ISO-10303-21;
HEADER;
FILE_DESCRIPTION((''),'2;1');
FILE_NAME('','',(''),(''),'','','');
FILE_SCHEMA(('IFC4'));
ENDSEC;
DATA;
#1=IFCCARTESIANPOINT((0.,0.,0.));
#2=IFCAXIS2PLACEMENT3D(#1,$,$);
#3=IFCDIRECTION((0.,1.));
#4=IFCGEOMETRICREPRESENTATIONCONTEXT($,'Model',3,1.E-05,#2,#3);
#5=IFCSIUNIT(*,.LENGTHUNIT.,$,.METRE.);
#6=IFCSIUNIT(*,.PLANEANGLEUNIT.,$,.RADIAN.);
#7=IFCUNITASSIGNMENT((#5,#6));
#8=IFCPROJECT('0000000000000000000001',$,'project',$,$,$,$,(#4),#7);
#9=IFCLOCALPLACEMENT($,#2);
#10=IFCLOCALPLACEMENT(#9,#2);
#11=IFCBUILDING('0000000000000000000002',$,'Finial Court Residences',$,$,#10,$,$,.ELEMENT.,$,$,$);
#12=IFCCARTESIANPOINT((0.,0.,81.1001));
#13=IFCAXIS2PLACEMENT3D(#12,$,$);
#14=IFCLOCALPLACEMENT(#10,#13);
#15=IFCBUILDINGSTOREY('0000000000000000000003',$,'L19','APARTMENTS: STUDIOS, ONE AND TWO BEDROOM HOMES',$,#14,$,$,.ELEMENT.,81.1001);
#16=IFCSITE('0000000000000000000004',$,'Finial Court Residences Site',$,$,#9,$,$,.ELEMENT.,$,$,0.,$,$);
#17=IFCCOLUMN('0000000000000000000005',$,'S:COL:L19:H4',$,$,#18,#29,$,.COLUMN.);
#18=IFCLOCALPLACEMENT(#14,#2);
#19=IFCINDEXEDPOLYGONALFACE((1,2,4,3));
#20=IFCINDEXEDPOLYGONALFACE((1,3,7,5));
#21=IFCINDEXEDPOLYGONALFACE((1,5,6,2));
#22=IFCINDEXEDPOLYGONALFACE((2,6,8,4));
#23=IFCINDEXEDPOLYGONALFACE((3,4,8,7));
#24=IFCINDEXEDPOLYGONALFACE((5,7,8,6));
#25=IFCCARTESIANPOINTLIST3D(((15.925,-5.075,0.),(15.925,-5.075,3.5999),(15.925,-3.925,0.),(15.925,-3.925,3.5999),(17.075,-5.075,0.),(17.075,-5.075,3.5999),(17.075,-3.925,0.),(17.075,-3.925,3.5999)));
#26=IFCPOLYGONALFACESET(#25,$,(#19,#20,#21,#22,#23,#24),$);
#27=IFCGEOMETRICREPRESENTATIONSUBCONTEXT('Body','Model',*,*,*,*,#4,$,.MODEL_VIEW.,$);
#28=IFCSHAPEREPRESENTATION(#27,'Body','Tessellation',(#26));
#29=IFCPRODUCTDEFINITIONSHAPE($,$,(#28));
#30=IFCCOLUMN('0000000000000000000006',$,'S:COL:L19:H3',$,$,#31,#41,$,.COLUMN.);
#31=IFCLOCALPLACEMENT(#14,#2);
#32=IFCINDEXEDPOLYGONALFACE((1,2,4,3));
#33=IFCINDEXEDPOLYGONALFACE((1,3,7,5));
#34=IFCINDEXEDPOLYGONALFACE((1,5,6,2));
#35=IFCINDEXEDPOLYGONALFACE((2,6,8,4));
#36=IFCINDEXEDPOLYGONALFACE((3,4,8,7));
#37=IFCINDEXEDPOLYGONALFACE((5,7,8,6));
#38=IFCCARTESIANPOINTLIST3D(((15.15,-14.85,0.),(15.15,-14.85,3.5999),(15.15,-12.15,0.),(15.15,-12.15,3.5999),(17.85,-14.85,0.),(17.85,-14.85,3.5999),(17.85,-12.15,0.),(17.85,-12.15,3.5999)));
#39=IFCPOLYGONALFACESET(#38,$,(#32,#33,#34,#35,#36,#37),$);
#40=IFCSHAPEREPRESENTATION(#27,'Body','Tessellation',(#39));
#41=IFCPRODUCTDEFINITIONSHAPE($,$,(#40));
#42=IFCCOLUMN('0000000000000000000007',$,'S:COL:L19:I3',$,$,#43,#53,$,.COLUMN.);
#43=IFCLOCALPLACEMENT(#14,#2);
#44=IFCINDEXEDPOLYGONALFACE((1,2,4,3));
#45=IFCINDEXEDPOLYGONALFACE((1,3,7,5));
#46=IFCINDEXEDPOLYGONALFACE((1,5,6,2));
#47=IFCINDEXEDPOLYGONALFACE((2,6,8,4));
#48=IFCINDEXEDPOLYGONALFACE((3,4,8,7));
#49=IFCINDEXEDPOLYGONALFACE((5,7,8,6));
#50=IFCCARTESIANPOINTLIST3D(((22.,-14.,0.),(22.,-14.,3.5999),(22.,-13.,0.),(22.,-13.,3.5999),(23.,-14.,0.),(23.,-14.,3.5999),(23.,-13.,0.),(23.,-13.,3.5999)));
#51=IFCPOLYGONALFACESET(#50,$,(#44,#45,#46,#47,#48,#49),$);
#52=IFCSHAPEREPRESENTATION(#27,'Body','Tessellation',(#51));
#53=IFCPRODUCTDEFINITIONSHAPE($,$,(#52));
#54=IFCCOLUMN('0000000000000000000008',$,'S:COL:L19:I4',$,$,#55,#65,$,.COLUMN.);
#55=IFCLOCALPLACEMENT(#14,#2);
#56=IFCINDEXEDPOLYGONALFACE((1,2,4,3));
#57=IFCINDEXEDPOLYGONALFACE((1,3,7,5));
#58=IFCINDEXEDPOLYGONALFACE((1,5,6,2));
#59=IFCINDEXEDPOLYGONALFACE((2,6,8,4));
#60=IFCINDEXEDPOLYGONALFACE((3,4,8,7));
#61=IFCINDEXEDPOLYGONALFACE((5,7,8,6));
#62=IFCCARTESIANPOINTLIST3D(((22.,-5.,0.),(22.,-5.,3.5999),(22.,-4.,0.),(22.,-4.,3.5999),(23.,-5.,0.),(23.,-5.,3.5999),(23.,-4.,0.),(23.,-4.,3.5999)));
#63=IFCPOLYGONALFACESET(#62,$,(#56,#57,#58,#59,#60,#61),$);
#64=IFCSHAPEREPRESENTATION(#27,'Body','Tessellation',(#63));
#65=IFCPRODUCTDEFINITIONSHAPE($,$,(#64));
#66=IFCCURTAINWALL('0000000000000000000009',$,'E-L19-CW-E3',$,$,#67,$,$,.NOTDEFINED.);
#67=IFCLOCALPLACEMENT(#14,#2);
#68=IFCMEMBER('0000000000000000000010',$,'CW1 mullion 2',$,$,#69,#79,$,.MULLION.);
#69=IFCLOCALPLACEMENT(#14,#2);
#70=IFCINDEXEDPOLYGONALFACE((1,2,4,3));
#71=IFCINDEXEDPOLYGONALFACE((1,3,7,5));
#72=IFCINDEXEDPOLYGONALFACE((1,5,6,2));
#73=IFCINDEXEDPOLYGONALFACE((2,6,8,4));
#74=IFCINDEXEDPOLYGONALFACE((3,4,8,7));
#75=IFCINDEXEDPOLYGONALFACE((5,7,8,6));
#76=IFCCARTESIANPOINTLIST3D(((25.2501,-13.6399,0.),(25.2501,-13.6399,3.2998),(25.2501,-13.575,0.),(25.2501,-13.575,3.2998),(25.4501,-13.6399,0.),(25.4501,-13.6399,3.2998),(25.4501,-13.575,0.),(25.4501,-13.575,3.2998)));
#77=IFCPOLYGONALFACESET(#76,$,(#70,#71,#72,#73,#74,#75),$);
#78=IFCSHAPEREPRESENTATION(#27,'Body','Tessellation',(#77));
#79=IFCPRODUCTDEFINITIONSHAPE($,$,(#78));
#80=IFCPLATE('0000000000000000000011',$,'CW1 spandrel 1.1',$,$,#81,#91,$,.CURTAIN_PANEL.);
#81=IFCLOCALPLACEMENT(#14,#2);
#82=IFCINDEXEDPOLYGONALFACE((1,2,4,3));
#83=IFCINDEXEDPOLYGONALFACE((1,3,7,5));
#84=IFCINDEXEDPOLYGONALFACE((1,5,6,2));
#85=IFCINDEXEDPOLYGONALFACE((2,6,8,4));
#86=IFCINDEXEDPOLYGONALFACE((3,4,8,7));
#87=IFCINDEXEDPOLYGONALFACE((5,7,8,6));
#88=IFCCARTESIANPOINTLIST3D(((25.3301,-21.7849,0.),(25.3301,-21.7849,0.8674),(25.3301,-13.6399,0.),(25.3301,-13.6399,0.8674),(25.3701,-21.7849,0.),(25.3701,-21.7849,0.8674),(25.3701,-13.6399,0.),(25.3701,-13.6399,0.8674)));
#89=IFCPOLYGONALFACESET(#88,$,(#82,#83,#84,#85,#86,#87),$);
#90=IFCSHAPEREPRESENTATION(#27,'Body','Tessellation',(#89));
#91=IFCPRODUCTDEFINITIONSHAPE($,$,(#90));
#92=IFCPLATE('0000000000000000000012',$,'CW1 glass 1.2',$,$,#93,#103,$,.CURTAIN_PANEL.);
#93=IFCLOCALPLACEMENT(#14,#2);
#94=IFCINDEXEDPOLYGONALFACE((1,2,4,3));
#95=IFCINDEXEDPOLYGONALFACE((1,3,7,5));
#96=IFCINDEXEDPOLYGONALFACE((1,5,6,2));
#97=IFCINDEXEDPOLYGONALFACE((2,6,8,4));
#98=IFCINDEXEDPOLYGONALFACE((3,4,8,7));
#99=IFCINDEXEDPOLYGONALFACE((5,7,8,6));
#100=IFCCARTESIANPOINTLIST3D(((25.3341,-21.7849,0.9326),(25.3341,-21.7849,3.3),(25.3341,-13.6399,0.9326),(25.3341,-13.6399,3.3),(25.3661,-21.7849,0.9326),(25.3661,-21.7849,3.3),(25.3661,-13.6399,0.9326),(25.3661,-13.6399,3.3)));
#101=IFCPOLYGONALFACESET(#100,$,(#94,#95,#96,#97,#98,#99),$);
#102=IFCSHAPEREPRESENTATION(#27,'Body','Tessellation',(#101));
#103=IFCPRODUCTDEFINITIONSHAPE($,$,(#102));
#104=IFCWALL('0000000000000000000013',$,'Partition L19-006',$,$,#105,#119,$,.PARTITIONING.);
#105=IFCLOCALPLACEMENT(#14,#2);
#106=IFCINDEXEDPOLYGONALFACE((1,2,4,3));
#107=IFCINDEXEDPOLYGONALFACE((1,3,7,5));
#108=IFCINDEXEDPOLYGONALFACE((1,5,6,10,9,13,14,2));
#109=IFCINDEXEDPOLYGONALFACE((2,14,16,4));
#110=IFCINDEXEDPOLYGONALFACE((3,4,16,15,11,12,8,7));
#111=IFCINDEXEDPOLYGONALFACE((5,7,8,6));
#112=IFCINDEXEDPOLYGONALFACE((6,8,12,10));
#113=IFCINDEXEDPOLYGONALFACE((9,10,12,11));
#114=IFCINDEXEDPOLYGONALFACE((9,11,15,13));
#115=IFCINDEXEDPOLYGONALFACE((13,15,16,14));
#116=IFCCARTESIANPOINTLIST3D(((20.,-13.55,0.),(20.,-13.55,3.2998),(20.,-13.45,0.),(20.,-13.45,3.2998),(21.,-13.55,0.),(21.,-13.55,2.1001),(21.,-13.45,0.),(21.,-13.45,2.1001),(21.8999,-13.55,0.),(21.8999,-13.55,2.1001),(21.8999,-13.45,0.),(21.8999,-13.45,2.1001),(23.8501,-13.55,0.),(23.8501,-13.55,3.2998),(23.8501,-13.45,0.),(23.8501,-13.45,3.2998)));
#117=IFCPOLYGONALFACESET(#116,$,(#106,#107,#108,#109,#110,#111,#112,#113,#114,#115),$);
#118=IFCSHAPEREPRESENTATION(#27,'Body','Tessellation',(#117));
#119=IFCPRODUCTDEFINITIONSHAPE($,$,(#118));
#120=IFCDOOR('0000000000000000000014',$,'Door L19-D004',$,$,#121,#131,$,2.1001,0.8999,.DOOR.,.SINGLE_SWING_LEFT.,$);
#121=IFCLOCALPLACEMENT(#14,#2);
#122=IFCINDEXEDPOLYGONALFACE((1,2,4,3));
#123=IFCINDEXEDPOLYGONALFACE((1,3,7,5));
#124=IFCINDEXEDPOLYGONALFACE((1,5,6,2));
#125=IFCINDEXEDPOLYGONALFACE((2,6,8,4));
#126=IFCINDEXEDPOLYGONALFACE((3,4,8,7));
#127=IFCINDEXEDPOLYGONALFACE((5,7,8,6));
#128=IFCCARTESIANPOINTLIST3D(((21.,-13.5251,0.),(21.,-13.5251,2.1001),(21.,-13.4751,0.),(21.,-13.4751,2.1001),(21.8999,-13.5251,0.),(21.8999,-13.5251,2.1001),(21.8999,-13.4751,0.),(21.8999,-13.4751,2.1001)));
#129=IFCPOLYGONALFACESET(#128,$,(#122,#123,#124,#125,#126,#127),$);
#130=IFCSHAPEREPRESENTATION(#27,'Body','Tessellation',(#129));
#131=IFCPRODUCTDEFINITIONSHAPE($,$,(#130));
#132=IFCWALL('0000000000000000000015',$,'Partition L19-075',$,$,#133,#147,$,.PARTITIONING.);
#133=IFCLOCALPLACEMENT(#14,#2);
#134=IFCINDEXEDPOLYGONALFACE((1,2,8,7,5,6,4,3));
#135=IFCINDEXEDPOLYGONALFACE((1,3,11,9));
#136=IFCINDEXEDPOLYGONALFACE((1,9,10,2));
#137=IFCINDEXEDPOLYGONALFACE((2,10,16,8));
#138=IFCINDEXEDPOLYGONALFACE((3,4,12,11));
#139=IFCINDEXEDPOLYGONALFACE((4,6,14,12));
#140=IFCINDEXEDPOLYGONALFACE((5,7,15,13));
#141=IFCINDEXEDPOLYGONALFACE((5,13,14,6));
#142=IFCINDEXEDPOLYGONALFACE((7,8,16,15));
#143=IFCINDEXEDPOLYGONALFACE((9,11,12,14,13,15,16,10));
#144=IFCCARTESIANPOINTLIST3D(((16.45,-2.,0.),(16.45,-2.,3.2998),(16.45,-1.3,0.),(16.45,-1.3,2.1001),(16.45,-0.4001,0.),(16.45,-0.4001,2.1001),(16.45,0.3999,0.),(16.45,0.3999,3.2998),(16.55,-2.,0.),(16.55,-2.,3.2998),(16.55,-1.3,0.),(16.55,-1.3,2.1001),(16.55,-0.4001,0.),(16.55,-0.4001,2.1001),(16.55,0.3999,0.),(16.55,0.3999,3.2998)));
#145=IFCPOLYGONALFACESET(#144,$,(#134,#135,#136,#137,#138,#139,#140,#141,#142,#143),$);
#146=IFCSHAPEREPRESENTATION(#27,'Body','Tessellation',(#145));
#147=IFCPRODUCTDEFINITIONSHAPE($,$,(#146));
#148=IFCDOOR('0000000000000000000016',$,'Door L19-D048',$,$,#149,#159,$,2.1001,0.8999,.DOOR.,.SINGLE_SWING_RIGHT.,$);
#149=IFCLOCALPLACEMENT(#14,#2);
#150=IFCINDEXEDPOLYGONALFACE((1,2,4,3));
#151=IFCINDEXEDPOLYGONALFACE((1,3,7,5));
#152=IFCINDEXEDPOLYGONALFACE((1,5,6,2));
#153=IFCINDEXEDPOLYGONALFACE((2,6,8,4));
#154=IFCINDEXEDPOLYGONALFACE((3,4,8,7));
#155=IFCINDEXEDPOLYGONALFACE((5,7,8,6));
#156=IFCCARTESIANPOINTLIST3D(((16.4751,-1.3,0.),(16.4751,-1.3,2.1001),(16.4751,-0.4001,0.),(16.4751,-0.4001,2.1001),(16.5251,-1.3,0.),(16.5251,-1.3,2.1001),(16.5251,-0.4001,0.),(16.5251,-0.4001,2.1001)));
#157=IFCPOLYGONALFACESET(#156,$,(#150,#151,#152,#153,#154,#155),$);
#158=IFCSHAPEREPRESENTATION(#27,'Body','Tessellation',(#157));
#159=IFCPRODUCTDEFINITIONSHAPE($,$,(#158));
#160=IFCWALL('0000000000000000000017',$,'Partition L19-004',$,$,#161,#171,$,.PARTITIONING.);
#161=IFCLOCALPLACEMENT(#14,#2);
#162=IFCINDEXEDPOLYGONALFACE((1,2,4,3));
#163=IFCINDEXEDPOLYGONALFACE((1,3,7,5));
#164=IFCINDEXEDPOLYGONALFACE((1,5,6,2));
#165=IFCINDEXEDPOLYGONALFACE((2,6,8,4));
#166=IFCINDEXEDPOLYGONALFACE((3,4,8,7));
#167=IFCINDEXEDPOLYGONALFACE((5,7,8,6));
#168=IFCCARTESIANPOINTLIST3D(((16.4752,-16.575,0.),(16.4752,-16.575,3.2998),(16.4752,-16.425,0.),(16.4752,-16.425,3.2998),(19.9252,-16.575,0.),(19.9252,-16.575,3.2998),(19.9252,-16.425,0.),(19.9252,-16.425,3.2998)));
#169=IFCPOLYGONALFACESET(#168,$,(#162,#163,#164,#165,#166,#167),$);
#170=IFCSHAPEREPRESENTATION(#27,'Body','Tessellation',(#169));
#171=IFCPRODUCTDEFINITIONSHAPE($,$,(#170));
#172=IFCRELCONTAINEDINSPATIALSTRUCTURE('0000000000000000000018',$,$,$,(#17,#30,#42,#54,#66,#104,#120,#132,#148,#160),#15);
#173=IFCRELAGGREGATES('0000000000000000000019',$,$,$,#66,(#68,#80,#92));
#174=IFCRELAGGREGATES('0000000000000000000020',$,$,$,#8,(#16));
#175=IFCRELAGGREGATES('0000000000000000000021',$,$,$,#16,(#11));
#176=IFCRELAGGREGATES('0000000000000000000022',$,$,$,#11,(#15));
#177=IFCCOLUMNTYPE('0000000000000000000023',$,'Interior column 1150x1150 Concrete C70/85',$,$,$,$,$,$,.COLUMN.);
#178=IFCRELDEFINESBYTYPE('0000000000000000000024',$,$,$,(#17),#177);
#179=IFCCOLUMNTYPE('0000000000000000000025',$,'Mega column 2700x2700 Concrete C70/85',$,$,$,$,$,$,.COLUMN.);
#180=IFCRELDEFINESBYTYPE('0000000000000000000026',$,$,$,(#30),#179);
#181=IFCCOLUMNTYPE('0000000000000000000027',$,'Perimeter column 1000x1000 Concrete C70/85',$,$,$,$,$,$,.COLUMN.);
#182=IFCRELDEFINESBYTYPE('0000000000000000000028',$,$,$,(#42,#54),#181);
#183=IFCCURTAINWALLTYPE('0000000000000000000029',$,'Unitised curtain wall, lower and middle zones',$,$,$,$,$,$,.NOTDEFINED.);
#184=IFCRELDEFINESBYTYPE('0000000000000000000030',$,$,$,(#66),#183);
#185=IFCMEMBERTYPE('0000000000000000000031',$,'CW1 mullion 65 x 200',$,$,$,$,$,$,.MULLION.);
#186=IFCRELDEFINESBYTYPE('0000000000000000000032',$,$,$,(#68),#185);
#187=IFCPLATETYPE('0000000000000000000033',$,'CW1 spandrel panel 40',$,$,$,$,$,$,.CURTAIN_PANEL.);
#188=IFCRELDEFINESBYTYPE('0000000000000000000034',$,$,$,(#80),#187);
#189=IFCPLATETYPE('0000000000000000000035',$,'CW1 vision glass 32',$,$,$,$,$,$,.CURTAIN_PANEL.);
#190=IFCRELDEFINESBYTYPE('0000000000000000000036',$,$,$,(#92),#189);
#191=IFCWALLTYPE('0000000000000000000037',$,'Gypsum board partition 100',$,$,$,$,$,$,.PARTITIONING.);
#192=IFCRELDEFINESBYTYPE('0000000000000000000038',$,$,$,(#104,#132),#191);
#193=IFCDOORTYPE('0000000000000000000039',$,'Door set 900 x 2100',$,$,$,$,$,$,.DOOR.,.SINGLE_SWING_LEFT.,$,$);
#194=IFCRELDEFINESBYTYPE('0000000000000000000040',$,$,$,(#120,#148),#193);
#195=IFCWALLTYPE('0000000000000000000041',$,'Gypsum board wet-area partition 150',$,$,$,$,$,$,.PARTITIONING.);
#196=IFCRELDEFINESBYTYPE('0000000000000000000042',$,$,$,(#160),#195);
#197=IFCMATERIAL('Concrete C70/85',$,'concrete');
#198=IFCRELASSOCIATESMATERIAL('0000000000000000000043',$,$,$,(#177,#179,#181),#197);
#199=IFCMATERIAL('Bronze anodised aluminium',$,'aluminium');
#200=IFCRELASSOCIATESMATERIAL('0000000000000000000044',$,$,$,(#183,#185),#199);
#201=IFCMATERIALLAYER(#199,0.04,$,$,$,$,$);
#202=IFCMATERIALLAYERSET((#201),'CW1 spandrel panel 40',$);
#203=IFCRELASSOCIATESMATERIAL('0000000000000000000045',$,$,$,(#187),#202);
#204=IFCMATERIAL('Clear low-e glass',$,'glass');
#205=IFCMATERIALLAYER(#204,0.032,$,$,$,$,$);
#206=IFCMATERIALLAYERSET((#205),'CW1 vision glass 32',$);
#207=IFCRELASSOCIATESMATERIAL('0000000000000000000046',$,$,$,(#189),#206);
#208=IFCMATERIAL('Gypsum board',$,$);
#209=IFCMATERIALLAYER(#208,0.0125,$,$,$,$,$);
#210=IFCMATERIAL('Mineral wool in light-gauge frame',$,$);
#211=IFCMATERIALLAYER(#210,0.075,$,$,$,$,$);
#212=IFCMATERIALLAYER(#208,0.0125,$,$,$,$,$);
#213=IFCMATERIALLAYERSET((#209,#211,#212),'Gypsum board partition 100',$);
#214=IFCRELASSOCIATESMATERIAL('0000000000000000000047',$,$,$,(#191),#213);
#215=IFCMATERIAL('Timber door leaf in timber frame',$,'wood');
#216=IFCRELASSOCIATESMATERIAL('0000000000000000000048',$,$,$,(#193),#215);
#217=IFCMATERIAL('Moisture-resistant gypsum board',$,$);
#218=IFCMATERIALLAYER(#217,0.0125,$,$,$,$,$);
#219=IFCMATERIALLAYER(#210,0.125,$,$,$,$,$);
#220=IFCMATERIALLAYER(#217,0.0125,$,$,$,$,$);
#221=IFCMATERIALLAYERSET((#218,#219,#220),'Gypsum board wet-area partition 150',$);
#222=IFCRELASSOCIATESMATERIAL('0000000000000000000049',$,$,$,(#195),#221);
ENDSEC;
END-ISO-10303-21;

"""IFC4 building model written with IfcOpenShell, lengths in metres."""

from ifc_helpers import new_model, si_unit, direction, frame, frame_2d, origin, origin_2d, place, context, subcontext, project, spatial, rectangle, extrude, material, layer, layer_set, material_profile, profile_set, type_object, element, fill, aggregate, save


model = new_model("IFC4")

# Units and contexts
model_context = context("Model", 3, precision=1e-05, world=origin(), true_north=direction((0.0, 1.0)))
body_context = subcontext(model_context, "Body", "Model", "MODEL_VIEW")
ifc_project = project(units=[si_unit("LENGTHUNIT", "METRE"), si_unit("PLANEANGLEUNIT", "RADIAN")], contexts=[model_context])

# Site, building, storey
site_placement = place(None, origin())
site = spatial("IfcSite", under=ifc_project, at=site_placement, Name="Finial Court Residences Site", CompositionType="ELEMENT", RefElevation=0.0)
building_placement = place(site_placement, origin())
building = spatial("IfcBuilding", under=site, at=building_placement, Name="Finial Court Residences", CompositionType="ELEMENT")
storey_placement = place(building_placement, frame((0.0, 0.0, 81.1001)))
storey = spatial("IfcBuildingStorey", under=building, at=storey_placement, Name="L19", Description="APARTMENTS: STUDIOS, ONE AND TWO BEDROOM HOMES", CompositionType="ELEMENT", Elevation=81.1001)

# Columns
ifc_material_1 = material(Name="Concrete C70/85", Category="concrete")
ifc_material_profile_1 = material_profile(ifc_material_1, rectangle(XDim=1.1499, YDim=1.1499, at=origin_2d()), Name="1150x1150")
ifc_profile_set_1 = profile_set([ifc_material_profile_1], Name="Concrete C70/85")
column_type_1 = type_object("IfcColumnType", Name="Interior column 1150x1150 Concrete C70/85", PredefinedType="COLUMN", material=ifc_profile_set_1)
column_1_placement = place(storey_placement, frame((16.5, -4.5, 0.0), z_axis=(0.0, 0.0, 1.0), x_axis=(1.0, 0.0, 0.0)))
element("IfcColumn", 1, at=column_1_placement, inside=storey, type_object=column_type_1, Name="S:COL:L19:H4", PredefinedType="COLUMN", context=body_context, shape_type="SweptSolid", body=[
    extrude(rectangle(XDim=1.1499, YDim=1.1499, at=origin_2d()), origin(), (0.0, 0.0, 1.0), 3.5999),
])
ifc_material_profile_2 = material_profile(ifc_material_1, rectangle(XDim=2.7, YDim=2.7, at=origin_2d()), Name="2700x2700")
ifc_profile_set_2 = profile_set([ifc_material_profile_2], Name="Concrete C70/85")
column_type_2 = type_object("IfcColumnType", Name="Mega column 2700x2700 Concrete C70/85", PredefinedType="COLUMN", material=ifc_profile_set_2)
column_2_placement = place(storey_placement, frame((16.5, -13.5, 0.0), z_axis=(0.0, 0.0, 1.0), x_axis=(1.0, 0.0, 0.0)))
element("IfcColumn", 2, at=column_2_placement, inside=storey, type_object=column_type_2, Name="S:COL:L19:H3", PredefinedType="COLUMN", context=body_context, shape_type="SweptSolid", body=[
    extrude(rectangle(XDim=2.7, YDim=2.7, at=origin_2d()), origin(), (0.0, 0.0, 1.0), 3.5999),
])
ifc_material_profile_3 = material_profile(ifc_material_1, rectangle(XDim=1.0, YDim=1.0, at=origin_2d()), Name="1000x1000")
ifc_profile_set_3 = profile_set([ifc_material_profile_3], Name="Concrete C70/85")
column_type_3 = type_object("IfcColumnType", Name="Perimeter column 1000x1000 Concrete C70/85", PredefinedType="COLUMN", material=ifc_profile_set_3)
for number, where, z_axis, x_axis, name in (
    (3, (22.5, -13.5, 0.0), (0.0, 0.0, 1.0), (1.0, 0.0, 0.0), "S:COL:L19:I3"),
    (4, (22.5, -4.5, 0.0), (0.0, 0.0, 1.0), (1.0, 0.0, 0.0), "S:COL:L19:I4"),
):
    element("IfcColumn", number, at=place(storey_placement, frame(where, z_axis=z_axis, x_axis=x_axis)), inside=storey, type_object=column_type_3, Name=name, PredefinedType="COLUMN", context=body_context, shape_type="SweptSolid", body=[
        extrude(rectangle(XDim=1.0, YDim=1.0, at=origin_2d()), origin(), (0.0, 0.0, 1.0), 3.5999),
    ])

# Curtain wall, member, plates
ifc_material_2 = material(Name="Bronze anodised aluminium", Category="aluminium")
curtain_wall_type = type_object("IfcCurtainWallType", Name="Unitised curtain wall, lower and middle zones", PredefinedType="NOTDEFINED", material=ifc_material_2)
curtain_wall_placement = place(storey_placement, origin())
curtain_wall = element("IfcCurtainWall", 5, at=curtain_wall_placement, inside=storey, type_object=curtain_wall_type, Name="E-L19-CW-E3", PredefinedType="NOTDEFINED")
ifc_material_profile_4 = material_profile(ifc_material_2, rectangle(XDim=0.2, YDim=0.0649, at=origin_2d()), Name="CW1 mullion 65 x 200")
ifc_profile_set_4 = profile_set([ifc_material_profile_4], Name="Bronze anodised aluminium")
member_type = type_object("IfcMemberType", Name="CW1 mullion 65 x 200", PredefinedType="MULLION", material=ifc_profile_set_4)
member_placement = place(storey_placement, frame((25.3501, -13.6074, 0.0), z_axis=(0.0, 0.0, 1.0), x_axis=(-1.0, 0.0, 0.0)))
member = element("IfcMember", 6, at=member_placement, type_object=member_type, Name="CW1 mullion 2", PredefinedType="MULLION", context=body_context, shape_type="SweptSolid", body=[
    extrude(rectangle(XDim=0.2, YDim=0.0649, at=origin_2d()), origin(), (0.0, 0.0, 1.0), 3.2998),
])
ifc_layer_1 = layer(ifc_material_2, 0.04)
ifc_layer_set_1 = layer_set([ifc_layer_1], Name="CW1 spandrel panel 40")
plate_type_1 = type_object("IfcPlateType", Name="CW1 spandrel panel 40", PredefinedType="CURTAIN_PANEL", material=ifc_layer_set_1)
plate_1_placement = place(storey_placement, frame((25.3501, -17.7124, 0.0), z_axis=(0.0, 0.0, 1.0), x_axis=(0.0, 1.0, 0.0)))
plate_1 = element("IfcPlate", 7, at=plate_1_placement, type_object=plate_type_1, Name="CW1 spandrel 1.1", PredefinedType="CURTAIN_PANEL", context=body_context, shape_type="SweptSolid", body=[
    extrude(rectangle(XDim=8.145, YDim=0.04, at=origin_2d()), origin(), (0.0, 0.0, 1.0), 0.8674),
])
ifc_material_3 = material(Name="Clear low-e glass", Category="glass")
ifc_layer_2 = layer(ifc_material_3, 0.032)
ifc_layer_set_2 = layer_set([ifc_layer_2], Name="CW1 vision glass 32")
plate_type_2 = type_object("IfcPlateType", Name="CW1 vision glass 32", PredefinedType="CURTAIN_PANEL", material=ifc_layer_set_2)
plate_2_placement = place(storey_placement, frame((25.3501, -17.7124, 0.9326), z_axis=(0.0, 0.0, 1.0), x_axis=(0.0, 1.0, 0.0)))
plate_2 = element("IfcPlate", 8, at=plate_2_placement, type_object=plate_type_2, Name="CW1 glass 1.2", PredefinedType="CURTAIN_PANEL", context=body_context, shape_type="SweptSolid", body=[
    extrude(rectangle(XDim=8.145, YDim=0.032, at=origin_2d()), origin(), (0.0, 0.0, 1.0), 2.3674),
])
aggregate(curtain_wall, [member, plate_1, plate_2])

# Walls, openings, doors
ifc_material_4 = material(Name="Gypsum board")
ifc_layer_3 = layer(ifc_material_4, 0.0125)
ifc_material_5 = material(Name="Mineral wool in light-gauge frame")
ifc_layer_4 = layer(ifc_material_5, 0.075)
ifc_layer_5 = layer(ifc_material_4, 0.0125)
ifc_layer_set_3 = layer_set([ifc_layer_3, ifc_layer_4, ifc_layer_5], Name="Gypsum board partition 100")
wall_type_1 = type_object("IfcWallType", Name="Gypsum board partition 100", PredefinedType="PARTITIONING", material=ifc_layer_set_3)
wall_1_placement = place(storey_placement, frame((20.0, -13.5, 0.0), z_axis=(0.0, 0.0, 1.0), x_axis=(1.0, 0.0, 0.0)))
wall_1 = element("IfcWall", 9, at=wall_1_placement, inside=storey, type_object=wall_type_1, Name="Partition L19-006", PredefinedType="PARTITIONING", context=body_context, shape_type="SweptSolid", body=[
    extrude(rectangle(XDim=3.8501, YDim=0.1001, at=frame_2d((1.925, 0.0))), origin(), (0.0, 0.0, 1.0), 3.2998),
])
opening_1_placement = place(wall_1_placement, frame((1.0, 0.0, 0.0)))
opening_1 = element("IfcOpeningElement", 10, at=opening_1_placement, cuts=wall_1, PredefinedType="OPENING", context=body_context, shape_type="SweptSolid", body=[
    extrude(rectangle(XDim=0.8999, YDim=2.1001, at=frame_2d((0.45, 1.05))), frame((0.0, 0.0601, 0.0), z_axis=(0.0, -1.0, 0.0), x_axis=(1.0, 0.0, 0.0)), (0.0, 0.0, 1.0), 0.1201),
])
ifc_material_6 = material(Name="Timber door leaf in timber frame", Category="wood")
door_type_1 = type_object("IfcDoorType", Name="Door set 900 x 2100", OperationType="SINGLE_SWING_LEFT", PredefinedType="DOOR", material=ifc_material_6)
door_1_placement = place(opening_1_placement, origin())
door_1 = element("IfcDoor", 11, at=door_1_placement, inside=storey, type_object=door_type_1, Name="Door L19-D004", OperationType="SINGLE_SWING_LEFT", OverallHeight=2.1001, OverallWidth=0.8999, PredefinedType="DOOR", context=body_context, shape_type="SweptSolid", body=[
    extrude(rectangle(XDim=0.8999, YDim=2.1001, at=frame_2d((0.45, 1.05))), frame((0.0, 0.0249, 0.0), z_axis=(0.0, -1.0, 0.0), x_axis=(1.0, 0.0, 0.0)), (0.0, 0.0, 1.0), 0.05),
])
fill(opening_1, door_1)
wall_2_placement = place(storey_placement, frame((16.5, -2.0, 0.0), z_axis=(0.0, 0.0, 1.0), x_axis=(0.0, 1.0, 0.0)))
wall_2 = element("IfcWall", 12, at=wall_2_placement, inside=storey, type_object=wall_type_1, Name="Partition L19-075", PredefinedType="PARTITIONING", context=body_context, shape_type="SweptSolid", body=[
    extrude(rectangle(XDim=2.3999, YDim=0.1001, at=frame_2d((1.2, 0.0))), origin(), (0.0, 0.0, 1.0), 3.2998),
])
opening_2_placement = place(wall_2_placement, frame((0.7, 0.0, 0.0)))
opening_2 = element("IfcOpeningElement", 13, at=opening_2_placement, cuts=wall_2, PredefinedType="OPENING", context=body_context, shape_type="SweptSolid", body=[
    extrude(rectangle(XDim=0.8999, YDim=2.1001, at=frame_2d((0.45, 1.05))), frame((0.0, 0.0601, 0.0), z_axis=(0.0, -1.0, 0.0), x_axis=(1.0, 0.0, 0.0)), (0.0, 0.0, 1.0), 0.1201),
])
door_2_placement = place(opening_2_placement, origin())
door_2 = element("IfcDoor", 14, at=door_2_placement, inside=storey, type_object=door_type_1, Name="Door L19-D048", OperationType="SINGLE_SWING_RIGHT", OverallHeight=2.1001, OverallWidth=0.8999, PredefinedType="DOOR", context=body_context, shape_type="SweptSolid", body=[
    extrude(rectangle(XDim=0.8999, YDim=2.1001, at=frame_2d((0.45, 1.05))), frame((0.0, 0.0249, 0.0), z_axis=(0.0, -1.0, 0.0), x_axis=(1.0, 0.0, 0.0)), (0.0, 0.0, 1.0), 0.05),
])
fill(opening_2, door_2)

# Wall
ifc_material_7 = material(Name="Moisture-resistant gypsum board")
ifc_layer_6 = layer(ifc_material_7, 0.0125)
ifc_layer_7 = layer(ifc_material_5, 0.125)
ifc_layer_8 = layer(ifc_material_7, 0.0125)
ifc_layer_set_4 = layer_set([ifc_layer_6, ifc_layer_7, ifc_layer_8], Name="Gypsum board wet-area partition 150")
wall_type_2 = type_object("IfcWallType", Name="Gypsum board wet-area partition 150", PredefinedType="PARTITIONING", material=ifc_layer_set_4)
wall_3_placement = place(storey_placement, frame((16.4751, -16.5, 0.0), z_axis=(0.0, 0.0, 1.0), x_axis=(1.0, 0.0, 0.0)))
element("IfcWall", 15, at=wall_3_placement, inside=storey, type_object=wall_type_2, Name="Partition L19-004", PredefinedType="PARTITIONING", context=body_context, shape_type="SweptSolid", body=[
    extrude(rectangle(XDim=3.45, YDim=0.1499, at=frame_2d((1.7251, 0.0))), origin(), (0.0, 0.0, 1.0), 3.2998),
])

save(model, "model.ifc")
